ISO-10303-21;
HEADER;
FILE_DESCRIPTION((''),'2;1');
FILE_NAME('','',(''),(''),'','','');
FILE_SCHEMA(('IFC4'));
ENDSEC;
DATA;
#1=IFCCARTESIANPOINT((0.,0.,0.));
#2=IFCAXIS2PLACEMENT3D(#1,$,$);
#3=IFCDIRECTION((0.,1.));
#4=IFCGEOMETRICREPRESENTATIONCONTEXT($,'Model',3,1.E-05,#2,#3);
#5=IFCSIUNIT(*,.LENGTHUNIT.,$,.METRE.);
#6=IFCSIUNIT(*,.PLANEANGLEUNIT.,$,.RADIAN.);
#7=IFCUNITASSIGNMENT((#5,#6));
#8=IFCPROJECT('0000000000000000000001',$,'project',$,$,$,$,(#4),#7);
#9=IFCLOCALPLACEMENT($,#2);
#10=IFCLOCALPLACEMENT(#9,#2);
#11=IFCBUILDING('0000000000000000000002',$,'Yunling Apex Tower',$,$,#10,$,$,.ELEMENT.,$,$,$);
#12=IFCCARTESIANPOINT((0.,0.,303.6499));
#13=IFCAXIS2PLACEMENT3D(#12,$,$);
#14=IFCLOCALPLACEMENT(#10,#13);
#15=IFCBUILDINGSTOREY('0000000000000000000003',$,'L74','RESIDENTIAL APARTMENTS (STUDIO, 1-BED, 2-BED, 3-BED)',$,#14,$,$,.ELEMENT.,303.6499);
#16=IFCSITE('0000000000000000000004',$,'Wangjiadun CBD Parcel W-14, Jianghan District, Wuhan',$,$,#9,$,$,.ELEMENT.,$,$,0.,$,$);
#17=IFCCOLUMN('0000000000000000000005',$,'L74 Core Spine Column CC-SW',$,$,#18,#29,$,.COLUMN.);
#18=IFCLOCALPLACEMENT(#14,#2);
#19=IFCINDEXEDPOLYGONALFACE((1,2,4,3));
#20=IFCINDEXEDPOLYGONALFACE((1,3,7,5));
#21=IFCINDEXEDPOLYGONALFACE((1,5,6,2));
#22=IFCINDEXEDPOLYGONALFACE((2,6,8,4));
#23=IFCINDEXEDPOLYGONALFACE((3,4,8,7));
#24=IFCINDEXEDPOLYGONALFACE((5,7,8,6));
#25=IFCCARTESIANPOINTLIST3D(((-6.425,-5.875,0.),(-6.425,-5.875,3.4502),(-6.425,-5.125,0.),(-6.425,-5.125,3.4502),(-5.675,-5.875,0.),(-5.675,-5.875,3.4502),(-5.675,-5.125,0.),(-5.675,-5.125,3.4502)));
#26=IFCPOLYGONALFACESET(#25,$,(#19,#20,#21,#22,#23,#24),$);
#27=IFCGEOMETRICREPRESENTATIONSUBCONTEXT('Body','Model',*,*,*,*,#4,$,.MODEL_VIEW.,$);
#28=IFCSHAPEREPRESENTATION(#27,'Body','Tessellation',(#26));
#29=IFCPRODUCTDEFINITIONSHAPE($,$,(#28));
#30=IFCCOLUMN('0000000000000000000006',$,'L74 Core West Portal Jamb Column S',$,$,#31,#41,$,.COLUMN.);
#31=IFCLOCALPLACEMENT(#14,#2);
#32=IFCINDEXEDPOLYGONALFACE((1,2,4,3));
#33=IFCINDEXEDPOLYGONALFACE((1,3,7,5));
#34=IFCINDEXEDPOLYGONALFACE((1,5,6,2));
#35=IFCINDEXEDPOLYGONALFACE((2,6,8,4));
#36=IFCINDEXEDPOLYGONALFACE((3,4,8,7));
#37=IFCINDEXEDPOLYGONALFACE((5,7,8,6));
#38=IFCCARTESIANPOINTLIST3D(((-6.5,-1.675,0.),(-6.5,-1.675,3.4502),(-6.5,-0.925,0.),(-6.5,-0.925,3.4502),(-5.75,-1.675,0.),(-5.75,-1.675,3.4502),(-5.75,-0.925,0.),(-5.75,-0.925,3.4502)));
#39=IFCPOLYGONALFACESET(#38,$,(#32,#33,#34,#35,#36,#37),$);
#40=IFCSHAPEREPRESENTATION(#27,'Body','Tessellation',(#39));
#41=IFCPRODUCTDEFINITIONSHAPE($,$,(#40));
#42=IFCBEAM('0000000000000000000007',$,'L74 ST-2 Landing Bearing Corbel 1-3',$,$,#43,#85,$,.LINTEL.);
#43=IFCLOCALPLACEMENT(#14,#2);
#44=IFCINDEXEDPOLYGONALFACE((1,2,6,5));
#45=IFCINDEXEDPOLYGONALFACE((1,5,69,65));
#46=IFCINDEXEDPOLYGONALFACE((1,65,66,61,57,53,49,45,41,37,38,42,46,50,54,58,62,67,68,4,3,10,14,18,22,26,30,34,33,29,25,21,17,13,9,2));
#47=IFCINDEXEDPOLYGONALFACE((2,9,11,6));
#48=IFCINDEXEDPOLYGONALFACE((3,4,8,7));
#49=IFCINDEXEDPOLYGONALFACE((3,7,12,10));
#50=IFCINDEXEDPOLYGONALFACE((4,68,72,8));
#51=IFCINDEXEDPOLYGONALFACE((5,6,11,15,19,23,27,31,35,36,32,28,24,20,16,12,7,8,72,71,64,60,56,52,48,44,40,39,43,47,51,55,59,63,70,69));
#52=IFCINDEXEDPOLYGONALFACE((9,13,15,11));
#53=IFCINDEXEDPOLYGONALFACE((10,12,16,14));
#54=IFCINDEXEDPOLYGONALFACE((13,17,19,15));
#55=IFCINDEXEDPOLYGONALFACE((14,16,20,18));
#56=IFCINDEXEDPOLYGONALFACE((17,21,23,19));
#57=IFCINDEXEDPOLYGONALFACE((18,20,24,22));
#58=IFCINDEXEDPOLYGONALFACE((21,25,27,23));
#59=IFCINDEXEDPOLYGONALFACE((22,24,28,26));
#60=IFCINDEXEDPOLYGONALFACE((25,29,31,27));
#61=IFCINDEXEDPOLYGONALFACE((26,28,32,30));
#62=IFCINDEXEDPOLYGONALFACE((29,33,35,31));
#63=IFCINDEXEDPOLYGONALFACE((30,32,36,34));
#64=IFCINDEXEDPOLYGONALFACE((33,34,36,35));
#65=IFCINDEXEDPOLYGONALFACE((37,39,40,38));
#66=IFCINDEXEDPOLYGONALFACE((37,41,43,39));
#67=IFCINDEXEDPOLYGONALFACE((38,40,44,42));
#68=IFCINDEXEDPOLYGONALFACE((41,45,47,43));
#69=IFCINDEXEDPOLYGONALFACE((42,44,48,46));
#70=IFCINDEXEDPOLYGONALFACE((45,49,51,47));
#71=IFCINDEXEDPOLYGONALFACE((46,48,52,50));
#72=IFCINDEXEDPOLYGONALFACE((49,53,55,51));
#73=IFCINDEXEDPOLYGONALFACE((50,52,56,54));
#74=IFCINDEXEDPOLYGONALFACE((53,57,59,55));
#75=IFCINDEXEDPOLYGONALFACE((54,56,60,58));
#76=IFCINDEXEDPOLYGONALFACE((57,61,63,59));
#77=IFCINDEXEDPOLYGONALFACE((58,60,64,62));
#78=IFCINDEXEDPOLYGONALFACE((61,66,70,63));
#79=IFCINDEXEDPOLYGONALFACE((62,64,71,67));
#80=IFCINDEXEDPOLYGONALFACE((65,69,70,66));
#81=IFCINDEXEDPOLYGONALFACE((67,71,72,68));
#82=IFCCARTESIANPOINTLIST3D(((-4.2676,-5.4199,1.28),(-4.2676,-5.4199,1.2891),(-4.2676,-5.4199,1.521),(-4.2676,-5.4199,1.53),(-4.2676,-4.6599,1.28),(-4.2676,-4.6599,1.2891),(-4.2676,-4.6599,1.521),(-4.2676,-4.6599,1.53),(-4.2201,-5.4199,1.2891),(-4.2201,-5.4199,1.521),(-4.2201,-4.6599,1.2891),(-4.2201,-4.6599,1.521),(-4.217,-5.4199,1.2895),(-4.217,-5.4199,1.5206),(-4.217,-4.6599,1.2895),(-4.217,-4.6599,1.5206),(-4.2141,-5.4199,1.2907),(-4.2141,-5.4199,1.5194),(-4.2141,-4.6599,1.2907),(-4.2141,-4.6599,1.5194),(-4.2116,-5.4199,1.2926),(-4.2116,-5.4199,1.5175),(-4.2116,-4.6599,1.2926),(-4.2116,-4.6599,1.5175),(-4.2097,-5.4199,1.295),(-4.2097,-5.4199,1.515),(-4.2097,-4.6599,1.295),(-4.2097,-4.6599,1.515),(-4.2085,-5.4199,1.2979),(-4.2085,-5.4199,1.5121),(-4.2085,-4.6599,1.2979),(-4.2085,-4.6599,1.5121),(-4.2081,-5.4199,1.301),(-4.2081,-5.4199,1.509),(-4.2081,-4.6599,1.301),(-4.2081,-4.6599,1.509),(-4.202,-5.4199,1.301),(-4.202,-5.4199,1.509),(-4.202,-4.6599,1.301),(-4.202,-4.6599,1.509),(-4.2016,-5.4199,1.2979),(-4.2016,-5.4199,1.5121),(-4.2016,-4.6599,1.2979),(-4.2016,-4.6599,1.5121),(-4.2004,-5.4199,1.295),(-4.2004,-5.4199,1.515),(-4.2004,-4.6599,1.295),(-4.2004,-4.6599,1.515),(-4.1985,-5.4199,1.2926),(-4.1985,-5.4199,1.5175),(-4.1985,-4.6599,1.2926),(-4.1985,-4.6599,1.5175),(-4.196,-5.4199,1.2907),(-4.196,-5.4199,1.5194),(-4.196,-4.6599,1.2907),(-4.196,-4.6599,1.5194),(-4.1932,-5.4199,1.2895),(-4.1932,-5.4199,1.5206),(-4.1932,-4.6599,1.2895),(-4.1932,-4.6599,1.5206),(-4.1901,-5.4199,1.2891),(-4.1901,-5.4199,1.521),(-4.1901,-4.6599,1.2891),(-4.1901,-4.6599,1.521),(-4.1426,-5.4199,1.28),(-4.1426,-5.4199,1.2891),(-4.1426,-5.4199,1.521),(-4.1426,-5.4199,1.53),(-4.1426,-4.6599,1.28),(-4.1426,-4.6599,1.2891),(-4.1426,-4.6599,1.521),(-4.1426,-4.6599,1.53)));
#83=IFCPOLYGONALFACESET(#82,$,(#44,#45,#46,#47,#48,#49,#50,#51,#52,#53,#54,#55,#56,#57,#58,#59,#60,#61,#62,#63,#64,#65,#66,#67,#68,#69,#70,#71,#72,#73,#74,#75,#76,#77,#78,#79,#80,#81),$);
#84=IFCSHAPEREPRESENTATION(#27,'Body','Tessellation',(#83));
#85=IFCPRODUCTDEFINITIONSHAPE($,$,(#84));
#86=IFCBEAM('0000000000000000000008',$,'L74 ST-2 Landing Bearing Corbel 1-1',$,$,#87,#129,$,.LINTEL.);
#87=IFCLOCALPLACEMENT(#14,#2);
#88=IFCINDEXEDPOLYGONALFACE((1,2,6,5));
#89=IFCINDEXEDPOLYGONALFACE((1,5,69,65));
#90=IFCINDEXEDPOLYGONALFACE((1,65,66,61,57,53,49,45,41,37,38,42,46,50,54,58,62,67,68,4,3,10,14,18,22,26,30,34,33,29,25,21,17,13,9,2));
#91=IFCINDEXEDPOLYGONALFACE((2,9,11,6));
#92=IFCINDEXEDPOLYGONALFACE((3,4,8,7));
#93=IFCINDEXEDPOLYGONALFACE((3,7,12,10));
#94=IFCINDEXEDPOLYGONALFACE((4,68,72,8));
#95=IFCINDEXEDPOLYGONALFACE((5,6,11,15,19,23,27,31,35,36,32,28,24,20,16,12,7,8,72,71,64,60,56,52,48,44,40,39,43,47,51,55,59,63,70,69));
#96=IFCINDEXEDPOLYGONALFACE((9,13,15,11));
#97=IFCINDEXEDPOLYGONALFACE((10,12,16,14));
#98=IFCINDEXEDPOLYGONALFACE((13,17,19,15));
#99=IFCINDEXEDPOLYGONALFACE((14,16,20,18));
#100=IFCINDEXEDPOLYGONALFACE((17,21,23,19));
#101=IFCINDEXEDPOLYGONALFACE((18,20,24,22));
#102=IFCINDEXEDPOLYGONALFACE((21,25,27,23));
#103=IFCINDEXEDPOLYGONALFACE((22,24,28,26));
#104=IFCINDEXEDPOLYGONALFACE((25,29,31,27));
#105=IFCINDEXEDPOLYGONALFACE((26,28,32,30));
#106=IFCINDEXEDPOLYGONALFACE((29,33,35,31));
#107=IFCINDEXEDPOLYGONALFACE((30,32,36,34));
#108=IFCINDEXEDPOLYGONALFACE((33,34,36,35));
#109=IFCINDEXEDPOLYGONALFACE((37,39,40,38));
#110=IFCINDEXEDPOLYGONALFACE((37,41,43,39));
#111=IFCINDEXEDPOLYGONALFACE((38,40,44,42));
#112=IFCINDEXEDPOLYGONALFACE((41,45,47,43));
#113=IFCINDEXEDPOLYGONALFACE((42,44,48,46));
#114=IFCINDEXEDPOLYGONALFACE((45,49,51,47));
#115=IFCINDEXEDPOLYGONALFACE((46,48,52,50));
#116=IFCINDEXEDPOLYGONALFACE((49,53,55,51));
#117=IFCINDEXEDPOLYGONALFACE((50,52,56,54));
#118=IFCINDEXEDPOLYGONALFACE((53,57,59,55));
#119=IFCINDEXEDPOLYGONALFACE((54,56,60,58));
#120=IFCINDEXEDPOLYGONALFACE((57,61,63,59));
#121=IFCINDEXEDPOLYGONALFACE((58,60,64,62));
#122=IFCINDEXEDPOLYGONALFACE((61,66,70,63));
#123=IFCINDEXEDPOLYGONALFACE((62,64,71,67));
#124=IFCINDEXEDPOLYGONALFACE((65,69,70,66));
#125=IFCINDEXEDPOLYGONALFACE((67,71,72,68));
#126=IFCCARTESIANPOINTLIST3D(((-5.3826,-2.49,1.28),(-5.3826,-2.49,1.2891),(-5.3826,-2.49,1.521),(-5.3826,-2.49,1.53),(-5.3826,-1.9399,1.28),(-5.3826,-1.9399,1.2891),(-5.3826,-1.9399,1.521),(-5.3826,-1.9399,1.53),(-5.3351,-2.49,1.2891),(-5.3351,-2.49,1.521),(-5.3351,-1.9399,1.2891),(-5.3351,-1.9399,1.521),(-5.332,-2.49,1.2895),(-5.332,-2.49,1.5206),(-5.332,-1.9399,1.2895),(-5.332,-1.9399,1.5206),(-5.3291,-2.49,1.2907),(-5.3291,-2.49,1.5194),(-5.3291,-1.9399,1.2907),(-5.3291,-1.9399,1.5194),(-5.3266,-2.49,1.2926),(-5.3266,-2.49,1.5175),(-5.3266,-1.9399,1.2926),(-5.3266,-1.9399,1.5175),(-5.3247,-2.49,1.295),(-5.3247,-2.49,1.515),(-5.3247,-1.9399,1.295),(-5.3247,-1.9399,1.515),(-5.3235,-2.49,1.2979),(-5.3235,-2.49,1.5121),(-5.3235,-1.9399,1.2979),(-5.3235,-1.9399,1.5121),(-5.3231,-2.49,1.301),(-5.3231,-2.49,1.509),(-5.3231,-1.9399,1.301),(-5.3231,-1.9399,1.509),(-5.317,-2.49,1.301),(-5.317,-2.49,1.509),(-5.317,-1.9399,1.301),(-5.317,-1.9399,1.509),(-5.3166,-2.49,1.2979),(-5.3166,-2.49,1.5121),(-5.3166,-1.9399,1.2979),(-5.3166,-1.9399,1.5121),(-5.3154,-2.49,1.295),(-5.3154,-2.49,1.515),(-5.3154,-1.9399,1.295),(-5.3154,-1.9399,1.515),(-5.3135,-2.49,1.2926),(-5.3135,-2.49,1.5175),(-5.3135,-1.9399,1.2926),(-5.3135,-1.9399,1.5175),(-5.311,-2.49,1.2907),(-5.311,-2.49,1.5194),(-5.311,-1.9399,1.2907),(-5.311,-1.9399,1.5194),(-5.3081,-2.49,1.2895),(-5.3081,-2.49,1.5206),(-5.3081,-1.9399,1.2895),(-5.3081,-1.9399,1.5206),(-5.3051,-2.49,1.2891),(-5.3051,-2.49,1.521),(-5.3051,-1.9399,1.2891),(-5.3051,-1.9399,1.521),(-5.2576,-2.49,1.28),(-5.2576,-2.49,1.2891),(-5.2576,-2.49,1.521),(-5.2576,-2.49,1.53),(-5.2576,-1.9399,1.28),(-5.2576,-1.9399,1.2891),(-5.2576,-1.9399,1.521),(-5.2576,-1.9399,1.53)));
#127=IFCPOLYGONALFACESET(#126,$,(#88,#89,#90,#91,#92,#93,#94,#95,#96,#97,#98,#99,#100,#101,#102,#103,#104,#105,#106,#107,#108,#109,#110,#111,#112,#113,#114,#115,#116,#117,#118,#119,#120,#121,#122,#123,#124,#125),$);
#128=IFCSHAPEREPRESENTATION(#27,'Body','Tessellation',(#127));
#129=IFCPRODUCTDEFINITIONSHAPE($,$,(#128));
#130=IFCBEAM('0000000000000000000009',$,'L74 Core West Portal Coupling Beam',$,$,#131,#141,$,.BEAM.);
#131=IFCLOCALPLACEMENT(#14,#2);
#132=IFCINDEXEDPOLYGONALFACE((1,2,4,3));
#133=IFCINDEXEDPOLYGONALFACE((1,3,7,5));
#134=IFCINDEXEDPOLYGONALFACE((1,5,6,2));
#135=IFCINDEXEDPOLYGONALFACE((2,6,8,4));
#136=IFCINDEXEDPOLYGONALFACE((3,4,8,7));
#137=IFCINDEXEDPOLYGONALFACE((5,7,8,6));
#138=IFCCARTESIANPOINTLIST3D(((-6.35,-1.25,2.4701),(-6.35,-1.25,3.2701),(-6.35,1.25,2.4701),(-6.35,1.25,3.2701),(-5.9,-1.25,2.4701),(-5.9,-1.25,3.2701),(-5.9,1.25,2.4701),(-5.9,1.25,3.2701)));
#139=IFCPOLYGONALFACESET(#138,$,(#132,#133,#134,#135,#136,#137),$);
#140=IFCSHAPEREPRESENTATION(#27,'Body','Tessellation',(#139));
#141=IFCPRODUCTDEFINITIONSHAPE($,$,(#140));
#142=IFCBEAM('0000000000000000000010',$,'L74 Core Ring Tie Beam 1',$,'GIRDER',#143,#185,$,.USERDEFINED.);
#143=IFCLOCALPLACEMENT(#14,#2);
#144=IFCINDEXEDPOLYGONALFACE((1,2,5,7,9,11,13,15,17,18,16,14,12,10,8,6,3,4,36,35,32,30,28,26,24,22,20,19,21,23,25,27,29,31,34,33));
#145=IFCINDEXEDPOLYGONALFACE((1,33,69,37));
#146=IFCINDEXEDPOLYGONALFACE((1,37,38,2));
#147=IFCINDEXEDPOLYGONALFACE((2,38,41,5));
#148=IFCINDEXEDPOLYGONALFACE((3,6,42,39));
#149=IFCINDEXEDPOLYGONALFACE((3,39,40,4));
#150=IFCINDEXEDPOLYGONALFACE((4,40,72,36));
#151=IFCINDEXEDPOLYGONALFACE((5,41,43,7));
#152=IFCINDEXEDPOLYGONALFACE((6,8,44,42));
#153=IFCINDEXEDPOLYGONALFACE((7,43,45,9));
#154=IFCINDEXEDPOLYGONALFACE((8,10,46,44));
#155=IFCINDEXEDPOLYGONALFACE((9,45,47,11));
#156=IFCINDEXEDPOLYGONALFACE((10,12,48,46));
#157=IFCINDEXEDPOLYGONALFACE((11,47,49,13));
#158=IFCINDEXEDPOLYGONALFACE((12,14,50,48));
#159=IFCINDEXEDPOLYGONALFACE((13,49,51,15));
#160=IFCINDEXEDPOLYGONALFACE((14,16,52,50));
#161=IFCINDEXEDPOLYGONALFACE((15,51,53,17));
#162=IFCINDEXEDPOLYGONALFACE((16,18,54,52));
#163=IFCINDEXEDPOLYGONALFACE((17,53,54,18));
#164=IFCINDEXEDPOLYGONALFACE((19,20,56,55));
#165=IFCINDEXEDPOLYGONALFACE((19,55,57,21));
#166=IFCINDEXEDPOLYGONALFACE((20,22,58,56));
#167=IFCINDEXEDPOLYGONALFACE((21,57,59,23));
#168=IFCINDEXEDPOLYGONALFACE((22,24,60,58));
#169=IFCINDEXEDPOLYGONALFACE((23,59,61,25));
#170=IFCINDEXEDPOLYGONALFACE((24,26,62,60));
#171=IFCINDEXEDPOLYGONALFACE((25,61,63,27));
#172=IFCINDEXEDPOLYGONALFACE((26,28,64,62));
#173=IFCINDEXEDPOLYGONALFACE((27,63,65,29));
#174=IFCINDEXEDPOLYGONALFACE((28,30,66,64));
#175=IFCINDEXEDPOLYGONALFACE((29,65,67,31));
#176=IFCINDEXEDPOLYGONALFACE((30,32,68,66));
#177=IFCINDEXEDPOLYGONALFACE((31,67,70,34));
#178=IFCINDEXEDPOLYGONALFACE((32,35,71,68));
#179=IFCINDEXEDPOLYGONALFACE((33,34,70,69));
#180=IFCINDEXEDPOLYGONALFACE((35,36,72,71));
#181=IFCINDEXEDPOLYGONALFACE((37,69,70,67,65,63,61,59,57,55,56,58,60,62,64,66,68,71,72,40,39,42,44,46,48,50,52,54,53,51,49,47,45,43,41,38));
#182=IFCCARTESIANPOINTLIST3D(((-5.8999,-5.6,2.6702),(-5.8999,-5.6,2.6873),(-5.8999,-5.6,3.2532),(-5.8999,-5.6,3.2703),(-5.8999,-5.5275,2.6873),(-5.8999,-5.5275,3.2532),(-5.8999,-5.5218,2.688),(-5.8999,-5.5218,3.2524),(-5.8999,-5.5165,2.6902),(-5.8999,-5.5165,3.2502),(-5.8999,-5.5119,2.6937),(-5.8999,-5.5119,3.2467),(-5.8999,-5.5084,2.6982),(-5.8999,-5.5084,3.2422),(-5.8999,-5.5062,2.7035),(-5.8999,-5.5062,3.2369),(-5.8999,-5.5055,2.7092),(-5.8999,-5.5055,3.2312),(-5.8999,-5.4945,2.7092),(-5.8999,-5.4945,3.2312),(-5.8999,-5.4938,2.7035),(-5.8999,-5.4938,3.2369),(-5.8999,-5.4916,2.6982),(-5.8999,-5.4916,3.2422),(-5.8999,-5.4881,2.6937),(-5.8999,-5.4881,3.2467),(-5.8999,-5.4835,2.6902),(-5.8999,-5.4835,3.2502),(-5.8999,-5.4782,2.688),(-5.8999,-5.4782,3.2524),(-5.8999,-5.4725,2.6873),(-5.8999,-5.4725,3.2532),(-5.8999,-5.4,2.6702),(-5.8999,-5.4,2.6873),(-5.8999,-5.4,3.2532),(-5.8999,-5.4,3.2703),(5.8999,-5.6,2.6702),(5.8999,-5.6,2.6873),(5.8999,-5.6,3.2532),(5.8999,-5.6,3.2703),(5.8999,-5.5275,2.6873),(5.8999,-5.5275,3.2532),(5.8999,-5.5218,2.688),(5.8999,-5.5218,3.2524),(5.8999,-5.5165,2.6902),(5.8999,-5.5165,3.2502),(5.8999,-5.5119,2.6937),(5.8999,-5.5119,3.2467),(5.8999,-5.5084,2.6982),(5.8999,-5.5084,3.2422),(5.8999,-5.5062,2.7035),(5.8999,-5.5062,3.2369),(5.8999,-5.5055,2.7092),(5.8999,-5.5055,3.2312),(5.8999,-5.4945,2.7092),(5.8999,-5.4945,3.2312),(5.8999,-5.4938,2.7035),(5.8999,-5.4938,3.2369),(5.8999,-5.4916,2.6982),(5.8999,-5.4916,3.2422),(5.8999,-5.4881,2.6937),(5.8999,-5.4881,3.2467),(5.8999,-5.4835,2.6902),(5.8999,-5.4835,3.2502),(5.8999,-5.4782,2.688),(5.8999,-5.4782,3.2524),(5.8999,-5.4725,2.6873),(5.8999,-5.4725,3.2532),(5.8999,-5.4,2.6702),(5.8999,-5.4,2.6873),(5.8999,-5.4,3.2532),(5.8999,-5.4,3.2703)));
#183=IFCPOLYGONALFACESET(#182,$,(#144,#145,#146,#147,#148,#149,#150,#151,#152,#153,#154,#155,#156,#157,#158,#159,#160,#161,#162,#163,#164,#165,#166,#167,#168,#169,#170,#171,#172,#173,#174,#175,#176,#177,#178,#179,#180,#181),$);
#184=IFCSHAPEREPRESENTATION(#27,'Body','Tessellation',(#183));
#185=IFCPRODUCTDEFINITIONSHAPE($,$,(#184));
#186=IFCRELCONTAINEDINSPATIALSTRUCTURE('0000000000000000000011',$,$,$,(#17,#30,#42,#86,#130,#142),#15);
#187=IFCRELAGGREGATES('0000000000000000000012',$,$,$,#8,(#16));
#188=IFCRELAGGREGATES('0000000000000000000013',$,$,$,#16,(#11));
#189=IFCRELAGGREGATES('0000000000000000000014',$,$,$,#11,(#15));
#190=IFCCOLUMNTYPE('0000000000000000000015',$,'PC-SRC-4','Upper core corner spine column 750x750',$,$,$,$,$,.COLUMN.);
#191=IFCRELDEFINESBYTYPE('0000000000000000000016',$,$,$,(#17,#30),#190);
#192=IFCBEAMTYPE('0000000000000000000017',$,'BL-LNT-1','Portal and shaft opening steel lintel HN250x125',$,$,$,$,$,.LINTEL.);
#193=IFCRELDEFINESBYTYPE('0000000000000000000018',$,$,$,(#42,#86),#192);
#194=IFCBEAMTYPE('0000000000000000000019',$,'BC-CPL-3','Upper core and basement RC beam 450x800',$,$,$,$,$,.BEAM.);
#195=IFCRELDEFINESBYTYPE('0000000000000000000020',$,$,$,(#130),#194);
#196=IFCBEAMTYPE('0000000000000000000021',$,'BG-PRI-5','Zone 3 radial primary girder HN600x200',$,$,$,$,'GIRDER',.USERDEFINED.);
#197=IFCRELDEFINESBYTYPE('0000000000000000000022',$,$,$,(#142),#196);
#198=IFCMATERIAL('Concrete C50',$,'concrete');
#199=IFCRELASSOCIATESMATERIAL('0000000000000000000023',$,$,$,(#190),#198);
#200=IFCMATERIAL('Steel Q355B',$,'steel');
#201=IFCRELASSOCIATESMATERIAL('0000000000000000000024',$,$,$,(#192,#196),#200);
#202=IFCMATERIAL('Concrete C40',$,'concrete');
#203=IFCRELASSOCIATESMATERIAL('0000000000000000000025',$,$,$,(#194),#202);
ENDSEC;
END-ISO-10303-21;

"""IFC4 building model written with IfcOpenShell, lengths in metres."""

from ifc_helpers import new_model, si_unit, direction, frame, origin, origin_2d, place, context, subcontext, project, spatial, rectangle, i_section, extrude, source, transform, mapped, material, material_profile, profile_set, type_object, element, save


model = new_model("IFC4")

# Units and contexts
model_context = context("Model", 3, precision=1e-05, world=origin(), true_north=direction((0.0, 1.0)))
body_context = subcontext(model_context, "Body", "Model", "MODEL_VIEW")
ifc_project = project(units=[si_unit("LENGTHUNIT", "METRE"), si_unit("PLANEANGLEUNIT", "RADIAN")], contexts=[model_context])

# Site, building, storey
site_placement = place(None, origin())
site = spatial("IfcSite", under=ifc_project, at=site_placement, Name="Wangjiadun CBD Parcel W-14, Jianghan District, Wuhan", CompositionType="ELEMENT", RefElevation=0.0)
building_placement = place(site_placement, origin())
building = spatial("IfcBuilding", under=site, at=building_placement, Name="Yunling Apex Tower", CompositionType="ELEMENT")
storey_placement = place(building_placement, frame((0.0, 0.0, 303.6499)))
storey = spatial("IfcBuildingStorey", under=building, at=storey_placement, Name="L74", Description="RESIDENTIAL APARTMENTS (STUDIO, 1-BED, 2-BED, 3-BED)", CompositionType="ELEMENT", Elevation=303.6499)

# Columns
ifc_material_1 = material(Name="Concrete C50", Category="concrete")
ifc_material_profile_1 = material_profile(ifc_material_1, rectangle(XDim=0.75, YDim=0.75, at=origin_2d()))
ifc_profile_set_1 = profile_set([ifc_material_profile_1], Name="Concrete C50")
column_type = type_object("IfcColumnType", Name="PC-SRC-4", Description="Upper core corner spine column 750x750", PredefinedType="COLUMN", material=ifc_profile_set_1)
shared_shape_1 = source(origin(), body_context, "Body", "SweptSolid", [
    extrude(rectangle(XDim=0.75, YDim=0.75, at=origin_2d()), origin(), (0.0, 0.0, 1.0), 3.4502),
])
for number, where, z_axis, x_axis, name in (
    (1, (-6.05, -5.5, 0.0), (0.0, 0.0, 1.0), (1.0, 0.0, 0.0), "L74 Core Spine Column CC-SW"),
    (2, (-6.125, -1.3, 0.0), (0.0, 0.0, 1.0), (1.0, 0.0, 0.0), "L74 Core West Portal Jamb Column S"),
):
    element("IfcColumn", number, at=place(storey_placement, frame(where, z_axis=z_axis, x_axis=x_axis)), inside=storey, type_object=column_type, Name=name, PredefinedType="COLUMN", context=body_context, shape_type="MappedRepresentation", body=[
        mapped(shared_shape_1, transform((0.0, 0.0, 0.0), scale=1.0)),
    ])

# Beams
ifc_material_2 = material(Name="Steel Q355B", Category="steel")
ifc_material_profile_2 = material_profile(ifc_material_2, i_section(OverallWidth=0.125, OverallDepth=0.25, WebThickness=0.0061, FlangeThickness=0.009, FilletRadius=0.012, at=origin_2d()))
ifc_profile_set_2 = profile_set([ifc_material_profile_2], Name="Steel Q355B")
beam_type_1 = type_object("IfcBeamType", Name="BL-LNT-1", Description="Portal and shaft opening steel lintel HN250x125", PredefinedType="LINTEL", material=ifc_profile_set_2)
shared_shape_2 = source(origin(), body_context, "Body", "SweptSolid", [
    extrude(i_section(OverallWidth=0.125, OverallDepth=0.25, WebThickness=0.0061, FlangeThickness=0.009, FilletRadius=0.012, at=origin_2d()), origin(), (0.0, 0.0, 1.0), 0.76),
])
beam_1_placement = place(storey_placement, frame((-4.2051, -5.4199, 1.405), z_axis=(0.0, 1.0, 0.0), x_axis=(-1.0, 0.0, 0.0)))
element("IfcBeam", 3, at=beam_1_placement, inside=storey, type_object=beam_type_1, Name="L74 ST-2 Landing Bearing Corbel 1-3", PredefinedType="LINTEL", context=body_context, shape_type="MappedRepresentation", body=[
    mapped(shared_shape_2, transform((0.0, 0.0, 0.0), scale=1.0)),
])
shared_shape_3 = source(origin(), body_context, "Body", "SweptSolid", [
    extrude(i_section(OverallWidth=0.125, OverallDepth=0.25, WebThickness=0.0061, FlangeThickness=0.009, FilletRadius=0.012, at=origin_2d()), origin(), (0.0, 0.0, 1.0), 0.55),
])
beam_2_placement = place(storey_placement, frame((-5.3201, -1.9399, 1.405), z_axis=(0.0, -1.0, 0.0), x_axis=(1.0, 0.0, 0.0)))
element("IfcBeam", 4, at=beam_2_placement, inside=storey, type_object=beam_type_1, Name="L74 ST-2 Landing Bearing Corbel 1-1", PredefinedType="LINTEL", context=body_context, shape_type="MappedRepresentation", body=[
    mapped(shared_shape_3, transform((0.0, 0.0, 0.0), scale=1.0)),
])
ifc_material_3 = material(Name="Concrete C40", Category="concrete")
ifc_material_profile_3 = material_profile(ifc_material_3, rectangle(XDim=0.45, YDim=0.8, at=origin_2d()))
ifc_profile_set_3 = profile_set([ifc_material_profile_3], Name="Concrete C40")
beam_type_2 = type_object("IfcBeamType", Name="BC-CPL-3", Description="Upper core and basement RC beam 450x800", PredefinedType="BEAM", material=ifc_profile_set_3)
shared_shape_4 = source(origin(), body_context, "Body", "SweptSolid", [
    extrude(rectangle(XDim=0.45, YDim=0.8, at=origin_2d()), origin(), (0.0, 0.0, 1.0), 2.5),
])
beam_3_placement = place(storey_placement, frame((-6.125, -1.25, 2.8701), z_axis=(0.0, 1.0, 0.0), x_axis=(-1.0, 0.0, 0.0)))
element("IfcBeam", 5, at=beam_3_placement, inside=storey, type_object=beam_type_2, Name="L74 Core West Portal Coupling Beam", PredefinedType="BEAM", context=body_context, shape_type="MappedRepresentation", body=[
    mapped(shared_shape_4, transform((0.0, 0.0, 0.0), scale=1.0)),
])
ifc_material_profile_4 = material_profile(ifc_material_2, i_section(OverallWidth=0.2, OverallDepth=0.6001, WebThickness=0.011, FlangeThickness=0.0171, FilletRadius=0.022, at=origin_2d()))
ifc_profile_set_4 = profile_set([ifc_material_profile_4], Name="Steel Q355B")
beam_type_3 = type_object("IfcBeamType", Name="BG-PRI-5", Description="Zone 3 radial primary girder HN600x200", ElementType="GIRDER", PredefinedType="USERDEFINED", material=ifc_profile_set_4)
shared_shape_5 = source(origin(), body_context, "Body", "SweptSolid", [
    extrude(i_section(OverallWidth=0.2, OverallDepth=0.6001, WebThickness=0.011, FlangeThickness=0.0171, FilletRadius=0.022, at=origin_2d()), origin(), (0.0, 0.0, 1.0), 11.7998),
])
beam_4_placement = place(storey_placement, frame((-5.8999, -5.5, 2.9702), z_axis=(1.0, 0.0, 0.0), x_axis=(0.0, 1.0, 0.0)))
element("IfcBeam", 6, at=beam_4_placement, inside=storey, type_object=beam_type_3, Name="L74 Core Ring Tie Beam 1", ObjectType="GIRDER", PredefinedType="USERDEFINED", context=body_context, shape_type="MappedRepresentation", body=[
    mapped(shared_shape_5, transform((0.0, 0.0, 0.0), scale=1.0)),
])

save(model, "model.ifc")
